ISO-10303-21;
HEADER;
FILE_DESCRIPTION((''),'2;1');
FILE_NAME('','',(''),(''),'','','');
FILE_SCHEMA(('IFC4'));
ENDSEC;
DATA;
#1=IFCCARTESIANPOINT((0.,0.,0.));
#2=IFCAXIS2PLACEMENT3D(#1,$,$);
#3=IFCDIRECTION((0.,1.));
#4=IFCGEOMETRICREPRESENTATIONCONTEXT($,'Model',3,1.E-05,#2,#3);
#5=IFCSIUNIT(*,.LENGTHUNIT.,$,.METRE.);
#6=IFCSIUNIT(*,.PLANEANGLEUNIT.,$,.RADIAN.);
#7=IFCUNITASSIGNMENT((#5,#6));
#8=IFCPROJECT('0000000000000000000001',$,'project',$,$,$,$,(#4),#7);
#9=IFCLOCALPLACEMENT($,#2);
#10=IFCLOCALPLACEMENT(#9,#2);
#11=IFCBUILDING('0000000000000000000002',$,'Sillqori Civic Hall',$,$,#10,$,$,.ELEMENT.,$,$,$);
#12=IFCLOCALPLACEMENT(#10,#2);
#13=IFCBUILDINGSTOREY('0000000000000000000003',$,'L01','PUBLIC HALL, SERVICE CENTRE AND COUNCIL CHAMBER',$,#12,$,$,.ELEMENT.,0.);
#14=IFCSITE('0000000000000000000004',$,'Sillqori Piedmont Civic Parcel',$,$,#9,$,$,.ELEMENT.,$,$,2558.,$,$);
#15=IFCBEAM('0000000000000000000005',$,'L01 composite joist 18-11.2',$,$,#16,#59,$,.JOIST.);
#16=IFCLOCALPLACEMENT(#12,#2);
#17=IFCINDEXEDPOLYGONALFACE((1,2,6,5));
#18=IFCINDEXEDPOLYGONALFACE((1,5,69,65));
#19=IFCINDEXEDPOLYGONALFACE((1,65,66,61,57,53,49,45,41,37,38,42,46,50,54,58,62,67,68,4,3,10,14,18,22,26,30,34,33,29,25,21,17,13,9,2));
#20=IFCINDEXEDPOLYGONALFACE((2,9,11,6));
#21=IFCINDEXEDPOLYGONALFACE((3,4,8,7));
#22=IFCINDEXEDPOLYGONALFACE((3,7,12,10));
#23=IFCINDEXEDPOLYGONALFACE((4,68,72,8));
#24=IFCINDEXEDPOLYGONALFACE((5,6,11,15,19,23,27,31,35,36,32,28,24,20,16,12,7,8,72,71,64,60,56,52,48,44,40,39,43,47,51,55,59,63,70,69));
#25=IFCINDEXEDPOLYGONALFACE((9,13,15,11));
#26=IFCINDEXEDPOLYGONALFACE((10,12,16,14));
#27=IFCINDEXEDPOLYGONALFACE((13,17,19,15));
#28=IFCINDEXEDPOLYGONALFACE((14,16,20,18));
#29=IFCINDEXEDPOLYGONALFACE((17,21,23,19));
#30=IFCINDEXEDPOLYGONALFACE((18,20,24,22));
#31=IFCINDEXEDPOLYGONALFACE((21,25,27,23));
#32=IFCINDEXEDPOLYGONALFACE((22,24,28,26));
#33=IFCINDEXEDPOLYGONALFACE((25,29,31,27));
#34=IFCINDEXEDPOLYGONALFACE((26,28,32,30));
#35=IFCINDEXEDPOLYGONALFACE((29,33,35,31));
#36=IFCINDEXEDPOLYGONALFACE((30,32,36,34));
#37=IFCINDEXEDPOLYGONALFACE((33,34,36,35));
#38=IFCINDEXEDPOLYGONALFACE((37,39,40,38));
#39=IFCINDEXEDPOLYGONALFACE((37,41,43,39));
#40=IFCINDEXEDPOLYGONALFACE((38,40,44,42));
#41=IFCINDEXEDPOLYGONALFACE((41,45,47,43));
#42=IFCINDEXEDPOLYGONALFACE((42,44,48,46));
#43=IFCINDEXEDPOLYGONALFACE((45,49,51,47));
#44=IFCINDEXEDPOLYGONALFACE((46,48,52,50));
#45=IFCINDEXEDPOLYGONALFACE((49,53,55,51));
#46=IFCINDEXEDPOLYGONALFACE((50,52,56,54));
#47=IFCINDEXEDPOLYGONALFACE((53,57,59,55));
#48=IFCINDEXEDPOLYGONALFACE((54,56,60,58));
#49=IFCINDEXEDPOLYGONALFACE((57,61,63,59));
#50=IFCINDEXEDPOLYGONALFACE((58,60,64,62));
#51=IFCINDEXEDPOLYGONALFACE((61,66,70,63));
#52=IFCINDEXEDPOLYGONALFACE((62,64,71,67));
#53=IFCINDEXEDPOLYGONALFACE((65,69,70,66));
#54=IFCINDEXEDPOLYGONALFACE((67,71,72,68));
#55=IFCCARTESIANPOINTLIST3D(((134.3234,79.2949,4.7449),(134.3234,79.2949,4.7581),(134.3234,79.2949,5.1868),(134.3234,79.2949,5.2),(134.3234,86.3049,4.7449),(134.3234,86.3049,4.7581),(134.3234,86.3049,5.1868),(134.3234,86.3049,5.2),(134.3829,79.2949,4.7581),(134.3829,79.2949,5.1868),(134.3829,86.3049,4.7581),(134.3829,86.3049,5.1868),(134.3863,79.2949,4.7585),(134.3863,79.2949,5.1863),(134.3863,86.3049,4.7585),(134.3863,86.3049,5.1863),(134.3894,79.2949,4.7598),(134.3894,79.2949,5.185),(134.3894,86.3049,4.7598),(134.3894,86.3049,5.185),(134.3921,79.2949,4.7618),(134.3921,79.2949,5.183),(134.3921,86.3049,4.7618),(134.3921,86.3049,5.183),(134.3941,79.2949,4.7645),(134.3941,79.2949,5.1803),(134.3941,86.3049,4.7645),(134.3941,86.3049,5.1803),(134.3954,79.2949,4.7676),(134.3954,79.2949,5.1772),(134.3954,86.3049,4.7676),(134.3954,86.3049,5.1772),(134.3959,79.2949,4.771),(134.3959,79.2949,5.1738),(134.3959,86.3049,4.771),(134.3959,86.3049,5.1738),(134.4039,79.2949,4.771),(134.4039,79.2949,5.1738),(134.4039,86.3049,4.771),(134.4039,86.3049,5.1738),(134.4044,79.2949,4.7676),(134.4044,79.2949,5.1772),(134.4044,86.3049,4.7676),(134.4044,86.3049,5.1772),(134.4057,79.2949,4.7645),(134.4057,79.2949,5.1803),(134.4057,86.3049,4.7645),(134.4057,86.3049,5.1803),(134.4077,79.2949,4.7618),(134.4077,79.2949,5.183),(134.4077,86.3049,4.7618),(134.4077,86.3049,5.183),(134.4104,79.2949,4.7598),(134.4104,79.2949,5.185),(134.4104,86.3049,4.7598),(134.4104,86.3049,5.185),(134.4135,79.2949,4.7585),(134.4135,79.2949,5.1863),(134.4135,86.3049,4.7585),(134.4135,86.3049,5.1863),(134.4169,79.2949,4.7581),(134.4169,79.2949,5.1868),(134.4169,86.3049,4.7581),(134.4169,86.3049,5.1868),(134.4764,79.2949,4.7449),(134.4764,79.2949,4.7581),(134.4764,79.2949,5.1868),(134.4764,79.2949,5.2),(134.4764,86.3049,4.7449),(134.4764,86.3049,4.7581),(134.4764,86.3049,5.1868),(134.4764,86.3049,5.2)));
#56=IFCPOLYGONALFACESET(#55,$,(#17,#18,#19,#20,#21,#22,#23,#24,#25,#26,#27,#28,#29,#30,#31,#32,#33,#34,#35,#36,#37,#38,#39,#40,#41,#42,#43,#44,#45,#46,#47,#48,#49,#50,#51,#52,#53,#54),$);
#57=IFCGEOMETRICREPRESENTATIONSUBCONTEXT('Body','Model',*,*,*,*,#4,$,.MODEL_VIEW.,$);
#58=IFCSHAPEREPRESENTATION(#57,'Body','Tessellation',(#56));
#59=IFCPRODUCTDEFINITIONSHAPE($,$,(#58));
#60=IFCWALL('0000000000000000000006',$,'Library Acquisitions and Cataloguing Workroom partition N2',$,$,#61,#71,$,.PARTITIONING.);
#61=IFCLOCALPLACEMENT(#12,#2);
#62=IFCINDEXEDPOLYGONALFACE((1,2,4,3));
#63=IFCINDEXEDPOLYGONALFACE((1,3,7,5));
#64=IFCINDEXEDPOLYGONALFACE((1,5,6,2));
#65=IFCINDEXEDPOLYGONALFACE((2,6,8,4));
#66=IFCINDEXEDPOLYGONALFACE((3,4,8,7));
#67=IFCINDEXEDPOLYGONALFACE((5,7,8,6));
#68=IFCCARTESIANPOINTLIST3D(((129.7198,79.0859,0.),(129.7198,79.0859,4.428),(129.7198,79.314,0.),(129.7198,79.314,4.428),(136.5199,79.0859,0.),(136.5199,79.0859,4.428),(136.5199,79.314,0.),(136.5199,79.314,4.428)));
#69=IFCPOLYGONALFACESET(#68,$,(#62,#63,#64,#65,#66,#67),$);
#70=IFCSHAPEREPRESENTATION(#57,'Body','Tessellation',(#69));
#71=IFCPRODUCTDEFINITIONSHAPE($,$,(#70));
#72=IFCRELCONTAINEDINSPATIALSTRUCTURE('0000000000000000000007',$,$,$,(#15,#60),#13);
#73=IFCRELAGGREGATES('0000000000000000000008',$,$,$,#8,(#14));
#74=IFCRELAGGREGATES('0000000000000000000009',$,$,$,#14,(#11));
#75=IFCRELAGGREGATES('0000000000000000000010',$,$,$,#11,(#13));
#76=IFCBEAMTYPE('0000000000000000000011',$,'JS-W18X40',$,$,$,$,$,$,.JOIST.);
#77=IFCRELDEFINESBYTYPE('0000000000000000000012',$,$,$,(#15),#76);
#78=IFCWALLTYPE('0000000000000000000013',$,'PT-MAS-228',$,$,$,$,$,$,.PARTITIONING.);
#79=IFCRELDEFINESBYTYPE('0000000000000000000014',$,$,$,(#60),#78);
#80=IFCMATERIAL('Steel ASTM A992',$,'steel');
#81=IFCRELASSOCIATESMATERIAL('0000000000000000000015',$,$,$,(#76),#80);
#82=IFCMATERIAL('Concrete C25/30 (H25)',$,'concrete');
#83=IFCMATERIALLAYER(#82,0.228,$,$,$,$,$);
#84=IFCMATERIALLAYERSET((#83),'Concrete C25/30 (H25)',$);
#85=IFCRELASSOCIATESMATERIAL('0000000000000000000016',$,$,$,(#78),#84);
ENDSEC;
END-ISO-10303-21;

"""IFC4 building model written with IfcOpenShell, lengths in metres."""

from ifc_helpers import new_model, si_unit, direction, frame, frame_2d, origin, origin_2d, place, context, subcontext, project, spatial, rectangle, i_section, extrude, material, layer, layer_set, material_profile, profile_set, type_object, element, save


model = new_model("IFC4")

# Units and contexts
model_context = context("Model", 3, precision=1e-05, world=origin(), true_north=direction((0.0, 1.0)))
body_context = subcontext(model_context, "Body", "Model", "MODEL_VIEW")
ifc_project = project(units=[si_unit("LENGTHUNIT", "METRE"), si_unit("PLANEANGLEUNIT", "RADIAN")], contexts=[model_context])

# Site, building, storey
site_placement = place(None, origin())
site = spatial("IfcSite", under=ifc_project, at=site_placement, Name="Sillqori Piedmont Civic Parcel", CompositionType="ELEMENT", RefElevation=2558.0)
building_placement = place(site_placement, origin())
building = spatial("IfcBuilding", under=site, at=building_placement, Name="Sillqori Civic Hall", CompositionType="ELEMENT")
storey_placement = place(building_placement, origin())
storey = spatial("IfcBuildingStorey", under=building, at=storey_placement, Name="L01", Description="PUBLIC HALL, SERVICE CENTRE AND COUNCIL CHAMBER", CompositionType="ELEMENT", Elevation=0.0)

# Shared definitions
ifc_material_1 = material(Name="Steel ASTM A992", Category="steel")

# Beam
ifc_material_profile_1 = material_profile(ifc_material_1, i_section(OverallWidth=0.1531, OverallDepth=0.4551, WebThickness=0.0081, FlangeThickness=0.0132, FilletRadius=0.0129, at=origin_2d()), Name="W18X40")
ifc_profile_set_1 = profile_set([ifc_material_profile_1], Name="Steel ASTM A992")
beam_type_1 = type_object("IfcBeamType", Name="JS-W18X40", PredefinedType="JOIST", material=ifc_profile_set_1)
for number, where, z_axis, x_axis, name in (
    (1, (134.3999, 79.2949, 4.9724), (0.0, 1.0, 0.0), (-1.0, 0.0, 0.0), "L01 composite joist 18-11.2"),
):
    element("IfcBeam", number, at=place(storey_placement, frame(where, z_axis=z_axis, x_axis=x_axis)), inside=storey, type_object=beam_type_1, Name=name, PredefinedType="JOIST", context=body_context, shape_type="SweptSolid", body=[
        extrude(i_section(OverallWidth=0.1531, OverallDepth=0.4551, WebThickness=0.0081, FlangeThickness=0.0132, FilletRadius=0.0129, at=origin_2d()), origin(), (0.0, 0.0, 1.0), 7.01),
    ])

# Wall
ifc_material_2 = material(Name="Concrete C25/30 (H25)", Category="concrete")
ifc_layer_1 = layer(ifc_material_2, 0.228)
ifc_layer_set_1 = layer_set([ifc_layer_1], Name="Concrete C25/30 (H25)")
wall_type = type_object("IfcWallType", Name="PT-MAS-228", PredefinedType="PARTITIONING", material=ifc_layer_set_1)
wall_placement = place(storey_placement, frame((129.72, 79.2, 0.0), z_axis=(0.0, 0.0, 1.0), x_axis=(1.0, 0.0, 0.0)))
element("IfcWall", 2, at=wall_placement, inside=storey, type_object=wall_type, Name="Library Acquisitions and Cataloguing Workroom partition N2", PredefinedType="PARTITIONING", context=body_context, shape_type="SweptSolid", body=[
    extrude(rectangle(XDim=6.8, YDim=0.228, at=frame_2d((3.3999, 0.0))), origin(), (0.0, 0.0, 1.0), 4.428),
])

save(model, "model.ifc")
